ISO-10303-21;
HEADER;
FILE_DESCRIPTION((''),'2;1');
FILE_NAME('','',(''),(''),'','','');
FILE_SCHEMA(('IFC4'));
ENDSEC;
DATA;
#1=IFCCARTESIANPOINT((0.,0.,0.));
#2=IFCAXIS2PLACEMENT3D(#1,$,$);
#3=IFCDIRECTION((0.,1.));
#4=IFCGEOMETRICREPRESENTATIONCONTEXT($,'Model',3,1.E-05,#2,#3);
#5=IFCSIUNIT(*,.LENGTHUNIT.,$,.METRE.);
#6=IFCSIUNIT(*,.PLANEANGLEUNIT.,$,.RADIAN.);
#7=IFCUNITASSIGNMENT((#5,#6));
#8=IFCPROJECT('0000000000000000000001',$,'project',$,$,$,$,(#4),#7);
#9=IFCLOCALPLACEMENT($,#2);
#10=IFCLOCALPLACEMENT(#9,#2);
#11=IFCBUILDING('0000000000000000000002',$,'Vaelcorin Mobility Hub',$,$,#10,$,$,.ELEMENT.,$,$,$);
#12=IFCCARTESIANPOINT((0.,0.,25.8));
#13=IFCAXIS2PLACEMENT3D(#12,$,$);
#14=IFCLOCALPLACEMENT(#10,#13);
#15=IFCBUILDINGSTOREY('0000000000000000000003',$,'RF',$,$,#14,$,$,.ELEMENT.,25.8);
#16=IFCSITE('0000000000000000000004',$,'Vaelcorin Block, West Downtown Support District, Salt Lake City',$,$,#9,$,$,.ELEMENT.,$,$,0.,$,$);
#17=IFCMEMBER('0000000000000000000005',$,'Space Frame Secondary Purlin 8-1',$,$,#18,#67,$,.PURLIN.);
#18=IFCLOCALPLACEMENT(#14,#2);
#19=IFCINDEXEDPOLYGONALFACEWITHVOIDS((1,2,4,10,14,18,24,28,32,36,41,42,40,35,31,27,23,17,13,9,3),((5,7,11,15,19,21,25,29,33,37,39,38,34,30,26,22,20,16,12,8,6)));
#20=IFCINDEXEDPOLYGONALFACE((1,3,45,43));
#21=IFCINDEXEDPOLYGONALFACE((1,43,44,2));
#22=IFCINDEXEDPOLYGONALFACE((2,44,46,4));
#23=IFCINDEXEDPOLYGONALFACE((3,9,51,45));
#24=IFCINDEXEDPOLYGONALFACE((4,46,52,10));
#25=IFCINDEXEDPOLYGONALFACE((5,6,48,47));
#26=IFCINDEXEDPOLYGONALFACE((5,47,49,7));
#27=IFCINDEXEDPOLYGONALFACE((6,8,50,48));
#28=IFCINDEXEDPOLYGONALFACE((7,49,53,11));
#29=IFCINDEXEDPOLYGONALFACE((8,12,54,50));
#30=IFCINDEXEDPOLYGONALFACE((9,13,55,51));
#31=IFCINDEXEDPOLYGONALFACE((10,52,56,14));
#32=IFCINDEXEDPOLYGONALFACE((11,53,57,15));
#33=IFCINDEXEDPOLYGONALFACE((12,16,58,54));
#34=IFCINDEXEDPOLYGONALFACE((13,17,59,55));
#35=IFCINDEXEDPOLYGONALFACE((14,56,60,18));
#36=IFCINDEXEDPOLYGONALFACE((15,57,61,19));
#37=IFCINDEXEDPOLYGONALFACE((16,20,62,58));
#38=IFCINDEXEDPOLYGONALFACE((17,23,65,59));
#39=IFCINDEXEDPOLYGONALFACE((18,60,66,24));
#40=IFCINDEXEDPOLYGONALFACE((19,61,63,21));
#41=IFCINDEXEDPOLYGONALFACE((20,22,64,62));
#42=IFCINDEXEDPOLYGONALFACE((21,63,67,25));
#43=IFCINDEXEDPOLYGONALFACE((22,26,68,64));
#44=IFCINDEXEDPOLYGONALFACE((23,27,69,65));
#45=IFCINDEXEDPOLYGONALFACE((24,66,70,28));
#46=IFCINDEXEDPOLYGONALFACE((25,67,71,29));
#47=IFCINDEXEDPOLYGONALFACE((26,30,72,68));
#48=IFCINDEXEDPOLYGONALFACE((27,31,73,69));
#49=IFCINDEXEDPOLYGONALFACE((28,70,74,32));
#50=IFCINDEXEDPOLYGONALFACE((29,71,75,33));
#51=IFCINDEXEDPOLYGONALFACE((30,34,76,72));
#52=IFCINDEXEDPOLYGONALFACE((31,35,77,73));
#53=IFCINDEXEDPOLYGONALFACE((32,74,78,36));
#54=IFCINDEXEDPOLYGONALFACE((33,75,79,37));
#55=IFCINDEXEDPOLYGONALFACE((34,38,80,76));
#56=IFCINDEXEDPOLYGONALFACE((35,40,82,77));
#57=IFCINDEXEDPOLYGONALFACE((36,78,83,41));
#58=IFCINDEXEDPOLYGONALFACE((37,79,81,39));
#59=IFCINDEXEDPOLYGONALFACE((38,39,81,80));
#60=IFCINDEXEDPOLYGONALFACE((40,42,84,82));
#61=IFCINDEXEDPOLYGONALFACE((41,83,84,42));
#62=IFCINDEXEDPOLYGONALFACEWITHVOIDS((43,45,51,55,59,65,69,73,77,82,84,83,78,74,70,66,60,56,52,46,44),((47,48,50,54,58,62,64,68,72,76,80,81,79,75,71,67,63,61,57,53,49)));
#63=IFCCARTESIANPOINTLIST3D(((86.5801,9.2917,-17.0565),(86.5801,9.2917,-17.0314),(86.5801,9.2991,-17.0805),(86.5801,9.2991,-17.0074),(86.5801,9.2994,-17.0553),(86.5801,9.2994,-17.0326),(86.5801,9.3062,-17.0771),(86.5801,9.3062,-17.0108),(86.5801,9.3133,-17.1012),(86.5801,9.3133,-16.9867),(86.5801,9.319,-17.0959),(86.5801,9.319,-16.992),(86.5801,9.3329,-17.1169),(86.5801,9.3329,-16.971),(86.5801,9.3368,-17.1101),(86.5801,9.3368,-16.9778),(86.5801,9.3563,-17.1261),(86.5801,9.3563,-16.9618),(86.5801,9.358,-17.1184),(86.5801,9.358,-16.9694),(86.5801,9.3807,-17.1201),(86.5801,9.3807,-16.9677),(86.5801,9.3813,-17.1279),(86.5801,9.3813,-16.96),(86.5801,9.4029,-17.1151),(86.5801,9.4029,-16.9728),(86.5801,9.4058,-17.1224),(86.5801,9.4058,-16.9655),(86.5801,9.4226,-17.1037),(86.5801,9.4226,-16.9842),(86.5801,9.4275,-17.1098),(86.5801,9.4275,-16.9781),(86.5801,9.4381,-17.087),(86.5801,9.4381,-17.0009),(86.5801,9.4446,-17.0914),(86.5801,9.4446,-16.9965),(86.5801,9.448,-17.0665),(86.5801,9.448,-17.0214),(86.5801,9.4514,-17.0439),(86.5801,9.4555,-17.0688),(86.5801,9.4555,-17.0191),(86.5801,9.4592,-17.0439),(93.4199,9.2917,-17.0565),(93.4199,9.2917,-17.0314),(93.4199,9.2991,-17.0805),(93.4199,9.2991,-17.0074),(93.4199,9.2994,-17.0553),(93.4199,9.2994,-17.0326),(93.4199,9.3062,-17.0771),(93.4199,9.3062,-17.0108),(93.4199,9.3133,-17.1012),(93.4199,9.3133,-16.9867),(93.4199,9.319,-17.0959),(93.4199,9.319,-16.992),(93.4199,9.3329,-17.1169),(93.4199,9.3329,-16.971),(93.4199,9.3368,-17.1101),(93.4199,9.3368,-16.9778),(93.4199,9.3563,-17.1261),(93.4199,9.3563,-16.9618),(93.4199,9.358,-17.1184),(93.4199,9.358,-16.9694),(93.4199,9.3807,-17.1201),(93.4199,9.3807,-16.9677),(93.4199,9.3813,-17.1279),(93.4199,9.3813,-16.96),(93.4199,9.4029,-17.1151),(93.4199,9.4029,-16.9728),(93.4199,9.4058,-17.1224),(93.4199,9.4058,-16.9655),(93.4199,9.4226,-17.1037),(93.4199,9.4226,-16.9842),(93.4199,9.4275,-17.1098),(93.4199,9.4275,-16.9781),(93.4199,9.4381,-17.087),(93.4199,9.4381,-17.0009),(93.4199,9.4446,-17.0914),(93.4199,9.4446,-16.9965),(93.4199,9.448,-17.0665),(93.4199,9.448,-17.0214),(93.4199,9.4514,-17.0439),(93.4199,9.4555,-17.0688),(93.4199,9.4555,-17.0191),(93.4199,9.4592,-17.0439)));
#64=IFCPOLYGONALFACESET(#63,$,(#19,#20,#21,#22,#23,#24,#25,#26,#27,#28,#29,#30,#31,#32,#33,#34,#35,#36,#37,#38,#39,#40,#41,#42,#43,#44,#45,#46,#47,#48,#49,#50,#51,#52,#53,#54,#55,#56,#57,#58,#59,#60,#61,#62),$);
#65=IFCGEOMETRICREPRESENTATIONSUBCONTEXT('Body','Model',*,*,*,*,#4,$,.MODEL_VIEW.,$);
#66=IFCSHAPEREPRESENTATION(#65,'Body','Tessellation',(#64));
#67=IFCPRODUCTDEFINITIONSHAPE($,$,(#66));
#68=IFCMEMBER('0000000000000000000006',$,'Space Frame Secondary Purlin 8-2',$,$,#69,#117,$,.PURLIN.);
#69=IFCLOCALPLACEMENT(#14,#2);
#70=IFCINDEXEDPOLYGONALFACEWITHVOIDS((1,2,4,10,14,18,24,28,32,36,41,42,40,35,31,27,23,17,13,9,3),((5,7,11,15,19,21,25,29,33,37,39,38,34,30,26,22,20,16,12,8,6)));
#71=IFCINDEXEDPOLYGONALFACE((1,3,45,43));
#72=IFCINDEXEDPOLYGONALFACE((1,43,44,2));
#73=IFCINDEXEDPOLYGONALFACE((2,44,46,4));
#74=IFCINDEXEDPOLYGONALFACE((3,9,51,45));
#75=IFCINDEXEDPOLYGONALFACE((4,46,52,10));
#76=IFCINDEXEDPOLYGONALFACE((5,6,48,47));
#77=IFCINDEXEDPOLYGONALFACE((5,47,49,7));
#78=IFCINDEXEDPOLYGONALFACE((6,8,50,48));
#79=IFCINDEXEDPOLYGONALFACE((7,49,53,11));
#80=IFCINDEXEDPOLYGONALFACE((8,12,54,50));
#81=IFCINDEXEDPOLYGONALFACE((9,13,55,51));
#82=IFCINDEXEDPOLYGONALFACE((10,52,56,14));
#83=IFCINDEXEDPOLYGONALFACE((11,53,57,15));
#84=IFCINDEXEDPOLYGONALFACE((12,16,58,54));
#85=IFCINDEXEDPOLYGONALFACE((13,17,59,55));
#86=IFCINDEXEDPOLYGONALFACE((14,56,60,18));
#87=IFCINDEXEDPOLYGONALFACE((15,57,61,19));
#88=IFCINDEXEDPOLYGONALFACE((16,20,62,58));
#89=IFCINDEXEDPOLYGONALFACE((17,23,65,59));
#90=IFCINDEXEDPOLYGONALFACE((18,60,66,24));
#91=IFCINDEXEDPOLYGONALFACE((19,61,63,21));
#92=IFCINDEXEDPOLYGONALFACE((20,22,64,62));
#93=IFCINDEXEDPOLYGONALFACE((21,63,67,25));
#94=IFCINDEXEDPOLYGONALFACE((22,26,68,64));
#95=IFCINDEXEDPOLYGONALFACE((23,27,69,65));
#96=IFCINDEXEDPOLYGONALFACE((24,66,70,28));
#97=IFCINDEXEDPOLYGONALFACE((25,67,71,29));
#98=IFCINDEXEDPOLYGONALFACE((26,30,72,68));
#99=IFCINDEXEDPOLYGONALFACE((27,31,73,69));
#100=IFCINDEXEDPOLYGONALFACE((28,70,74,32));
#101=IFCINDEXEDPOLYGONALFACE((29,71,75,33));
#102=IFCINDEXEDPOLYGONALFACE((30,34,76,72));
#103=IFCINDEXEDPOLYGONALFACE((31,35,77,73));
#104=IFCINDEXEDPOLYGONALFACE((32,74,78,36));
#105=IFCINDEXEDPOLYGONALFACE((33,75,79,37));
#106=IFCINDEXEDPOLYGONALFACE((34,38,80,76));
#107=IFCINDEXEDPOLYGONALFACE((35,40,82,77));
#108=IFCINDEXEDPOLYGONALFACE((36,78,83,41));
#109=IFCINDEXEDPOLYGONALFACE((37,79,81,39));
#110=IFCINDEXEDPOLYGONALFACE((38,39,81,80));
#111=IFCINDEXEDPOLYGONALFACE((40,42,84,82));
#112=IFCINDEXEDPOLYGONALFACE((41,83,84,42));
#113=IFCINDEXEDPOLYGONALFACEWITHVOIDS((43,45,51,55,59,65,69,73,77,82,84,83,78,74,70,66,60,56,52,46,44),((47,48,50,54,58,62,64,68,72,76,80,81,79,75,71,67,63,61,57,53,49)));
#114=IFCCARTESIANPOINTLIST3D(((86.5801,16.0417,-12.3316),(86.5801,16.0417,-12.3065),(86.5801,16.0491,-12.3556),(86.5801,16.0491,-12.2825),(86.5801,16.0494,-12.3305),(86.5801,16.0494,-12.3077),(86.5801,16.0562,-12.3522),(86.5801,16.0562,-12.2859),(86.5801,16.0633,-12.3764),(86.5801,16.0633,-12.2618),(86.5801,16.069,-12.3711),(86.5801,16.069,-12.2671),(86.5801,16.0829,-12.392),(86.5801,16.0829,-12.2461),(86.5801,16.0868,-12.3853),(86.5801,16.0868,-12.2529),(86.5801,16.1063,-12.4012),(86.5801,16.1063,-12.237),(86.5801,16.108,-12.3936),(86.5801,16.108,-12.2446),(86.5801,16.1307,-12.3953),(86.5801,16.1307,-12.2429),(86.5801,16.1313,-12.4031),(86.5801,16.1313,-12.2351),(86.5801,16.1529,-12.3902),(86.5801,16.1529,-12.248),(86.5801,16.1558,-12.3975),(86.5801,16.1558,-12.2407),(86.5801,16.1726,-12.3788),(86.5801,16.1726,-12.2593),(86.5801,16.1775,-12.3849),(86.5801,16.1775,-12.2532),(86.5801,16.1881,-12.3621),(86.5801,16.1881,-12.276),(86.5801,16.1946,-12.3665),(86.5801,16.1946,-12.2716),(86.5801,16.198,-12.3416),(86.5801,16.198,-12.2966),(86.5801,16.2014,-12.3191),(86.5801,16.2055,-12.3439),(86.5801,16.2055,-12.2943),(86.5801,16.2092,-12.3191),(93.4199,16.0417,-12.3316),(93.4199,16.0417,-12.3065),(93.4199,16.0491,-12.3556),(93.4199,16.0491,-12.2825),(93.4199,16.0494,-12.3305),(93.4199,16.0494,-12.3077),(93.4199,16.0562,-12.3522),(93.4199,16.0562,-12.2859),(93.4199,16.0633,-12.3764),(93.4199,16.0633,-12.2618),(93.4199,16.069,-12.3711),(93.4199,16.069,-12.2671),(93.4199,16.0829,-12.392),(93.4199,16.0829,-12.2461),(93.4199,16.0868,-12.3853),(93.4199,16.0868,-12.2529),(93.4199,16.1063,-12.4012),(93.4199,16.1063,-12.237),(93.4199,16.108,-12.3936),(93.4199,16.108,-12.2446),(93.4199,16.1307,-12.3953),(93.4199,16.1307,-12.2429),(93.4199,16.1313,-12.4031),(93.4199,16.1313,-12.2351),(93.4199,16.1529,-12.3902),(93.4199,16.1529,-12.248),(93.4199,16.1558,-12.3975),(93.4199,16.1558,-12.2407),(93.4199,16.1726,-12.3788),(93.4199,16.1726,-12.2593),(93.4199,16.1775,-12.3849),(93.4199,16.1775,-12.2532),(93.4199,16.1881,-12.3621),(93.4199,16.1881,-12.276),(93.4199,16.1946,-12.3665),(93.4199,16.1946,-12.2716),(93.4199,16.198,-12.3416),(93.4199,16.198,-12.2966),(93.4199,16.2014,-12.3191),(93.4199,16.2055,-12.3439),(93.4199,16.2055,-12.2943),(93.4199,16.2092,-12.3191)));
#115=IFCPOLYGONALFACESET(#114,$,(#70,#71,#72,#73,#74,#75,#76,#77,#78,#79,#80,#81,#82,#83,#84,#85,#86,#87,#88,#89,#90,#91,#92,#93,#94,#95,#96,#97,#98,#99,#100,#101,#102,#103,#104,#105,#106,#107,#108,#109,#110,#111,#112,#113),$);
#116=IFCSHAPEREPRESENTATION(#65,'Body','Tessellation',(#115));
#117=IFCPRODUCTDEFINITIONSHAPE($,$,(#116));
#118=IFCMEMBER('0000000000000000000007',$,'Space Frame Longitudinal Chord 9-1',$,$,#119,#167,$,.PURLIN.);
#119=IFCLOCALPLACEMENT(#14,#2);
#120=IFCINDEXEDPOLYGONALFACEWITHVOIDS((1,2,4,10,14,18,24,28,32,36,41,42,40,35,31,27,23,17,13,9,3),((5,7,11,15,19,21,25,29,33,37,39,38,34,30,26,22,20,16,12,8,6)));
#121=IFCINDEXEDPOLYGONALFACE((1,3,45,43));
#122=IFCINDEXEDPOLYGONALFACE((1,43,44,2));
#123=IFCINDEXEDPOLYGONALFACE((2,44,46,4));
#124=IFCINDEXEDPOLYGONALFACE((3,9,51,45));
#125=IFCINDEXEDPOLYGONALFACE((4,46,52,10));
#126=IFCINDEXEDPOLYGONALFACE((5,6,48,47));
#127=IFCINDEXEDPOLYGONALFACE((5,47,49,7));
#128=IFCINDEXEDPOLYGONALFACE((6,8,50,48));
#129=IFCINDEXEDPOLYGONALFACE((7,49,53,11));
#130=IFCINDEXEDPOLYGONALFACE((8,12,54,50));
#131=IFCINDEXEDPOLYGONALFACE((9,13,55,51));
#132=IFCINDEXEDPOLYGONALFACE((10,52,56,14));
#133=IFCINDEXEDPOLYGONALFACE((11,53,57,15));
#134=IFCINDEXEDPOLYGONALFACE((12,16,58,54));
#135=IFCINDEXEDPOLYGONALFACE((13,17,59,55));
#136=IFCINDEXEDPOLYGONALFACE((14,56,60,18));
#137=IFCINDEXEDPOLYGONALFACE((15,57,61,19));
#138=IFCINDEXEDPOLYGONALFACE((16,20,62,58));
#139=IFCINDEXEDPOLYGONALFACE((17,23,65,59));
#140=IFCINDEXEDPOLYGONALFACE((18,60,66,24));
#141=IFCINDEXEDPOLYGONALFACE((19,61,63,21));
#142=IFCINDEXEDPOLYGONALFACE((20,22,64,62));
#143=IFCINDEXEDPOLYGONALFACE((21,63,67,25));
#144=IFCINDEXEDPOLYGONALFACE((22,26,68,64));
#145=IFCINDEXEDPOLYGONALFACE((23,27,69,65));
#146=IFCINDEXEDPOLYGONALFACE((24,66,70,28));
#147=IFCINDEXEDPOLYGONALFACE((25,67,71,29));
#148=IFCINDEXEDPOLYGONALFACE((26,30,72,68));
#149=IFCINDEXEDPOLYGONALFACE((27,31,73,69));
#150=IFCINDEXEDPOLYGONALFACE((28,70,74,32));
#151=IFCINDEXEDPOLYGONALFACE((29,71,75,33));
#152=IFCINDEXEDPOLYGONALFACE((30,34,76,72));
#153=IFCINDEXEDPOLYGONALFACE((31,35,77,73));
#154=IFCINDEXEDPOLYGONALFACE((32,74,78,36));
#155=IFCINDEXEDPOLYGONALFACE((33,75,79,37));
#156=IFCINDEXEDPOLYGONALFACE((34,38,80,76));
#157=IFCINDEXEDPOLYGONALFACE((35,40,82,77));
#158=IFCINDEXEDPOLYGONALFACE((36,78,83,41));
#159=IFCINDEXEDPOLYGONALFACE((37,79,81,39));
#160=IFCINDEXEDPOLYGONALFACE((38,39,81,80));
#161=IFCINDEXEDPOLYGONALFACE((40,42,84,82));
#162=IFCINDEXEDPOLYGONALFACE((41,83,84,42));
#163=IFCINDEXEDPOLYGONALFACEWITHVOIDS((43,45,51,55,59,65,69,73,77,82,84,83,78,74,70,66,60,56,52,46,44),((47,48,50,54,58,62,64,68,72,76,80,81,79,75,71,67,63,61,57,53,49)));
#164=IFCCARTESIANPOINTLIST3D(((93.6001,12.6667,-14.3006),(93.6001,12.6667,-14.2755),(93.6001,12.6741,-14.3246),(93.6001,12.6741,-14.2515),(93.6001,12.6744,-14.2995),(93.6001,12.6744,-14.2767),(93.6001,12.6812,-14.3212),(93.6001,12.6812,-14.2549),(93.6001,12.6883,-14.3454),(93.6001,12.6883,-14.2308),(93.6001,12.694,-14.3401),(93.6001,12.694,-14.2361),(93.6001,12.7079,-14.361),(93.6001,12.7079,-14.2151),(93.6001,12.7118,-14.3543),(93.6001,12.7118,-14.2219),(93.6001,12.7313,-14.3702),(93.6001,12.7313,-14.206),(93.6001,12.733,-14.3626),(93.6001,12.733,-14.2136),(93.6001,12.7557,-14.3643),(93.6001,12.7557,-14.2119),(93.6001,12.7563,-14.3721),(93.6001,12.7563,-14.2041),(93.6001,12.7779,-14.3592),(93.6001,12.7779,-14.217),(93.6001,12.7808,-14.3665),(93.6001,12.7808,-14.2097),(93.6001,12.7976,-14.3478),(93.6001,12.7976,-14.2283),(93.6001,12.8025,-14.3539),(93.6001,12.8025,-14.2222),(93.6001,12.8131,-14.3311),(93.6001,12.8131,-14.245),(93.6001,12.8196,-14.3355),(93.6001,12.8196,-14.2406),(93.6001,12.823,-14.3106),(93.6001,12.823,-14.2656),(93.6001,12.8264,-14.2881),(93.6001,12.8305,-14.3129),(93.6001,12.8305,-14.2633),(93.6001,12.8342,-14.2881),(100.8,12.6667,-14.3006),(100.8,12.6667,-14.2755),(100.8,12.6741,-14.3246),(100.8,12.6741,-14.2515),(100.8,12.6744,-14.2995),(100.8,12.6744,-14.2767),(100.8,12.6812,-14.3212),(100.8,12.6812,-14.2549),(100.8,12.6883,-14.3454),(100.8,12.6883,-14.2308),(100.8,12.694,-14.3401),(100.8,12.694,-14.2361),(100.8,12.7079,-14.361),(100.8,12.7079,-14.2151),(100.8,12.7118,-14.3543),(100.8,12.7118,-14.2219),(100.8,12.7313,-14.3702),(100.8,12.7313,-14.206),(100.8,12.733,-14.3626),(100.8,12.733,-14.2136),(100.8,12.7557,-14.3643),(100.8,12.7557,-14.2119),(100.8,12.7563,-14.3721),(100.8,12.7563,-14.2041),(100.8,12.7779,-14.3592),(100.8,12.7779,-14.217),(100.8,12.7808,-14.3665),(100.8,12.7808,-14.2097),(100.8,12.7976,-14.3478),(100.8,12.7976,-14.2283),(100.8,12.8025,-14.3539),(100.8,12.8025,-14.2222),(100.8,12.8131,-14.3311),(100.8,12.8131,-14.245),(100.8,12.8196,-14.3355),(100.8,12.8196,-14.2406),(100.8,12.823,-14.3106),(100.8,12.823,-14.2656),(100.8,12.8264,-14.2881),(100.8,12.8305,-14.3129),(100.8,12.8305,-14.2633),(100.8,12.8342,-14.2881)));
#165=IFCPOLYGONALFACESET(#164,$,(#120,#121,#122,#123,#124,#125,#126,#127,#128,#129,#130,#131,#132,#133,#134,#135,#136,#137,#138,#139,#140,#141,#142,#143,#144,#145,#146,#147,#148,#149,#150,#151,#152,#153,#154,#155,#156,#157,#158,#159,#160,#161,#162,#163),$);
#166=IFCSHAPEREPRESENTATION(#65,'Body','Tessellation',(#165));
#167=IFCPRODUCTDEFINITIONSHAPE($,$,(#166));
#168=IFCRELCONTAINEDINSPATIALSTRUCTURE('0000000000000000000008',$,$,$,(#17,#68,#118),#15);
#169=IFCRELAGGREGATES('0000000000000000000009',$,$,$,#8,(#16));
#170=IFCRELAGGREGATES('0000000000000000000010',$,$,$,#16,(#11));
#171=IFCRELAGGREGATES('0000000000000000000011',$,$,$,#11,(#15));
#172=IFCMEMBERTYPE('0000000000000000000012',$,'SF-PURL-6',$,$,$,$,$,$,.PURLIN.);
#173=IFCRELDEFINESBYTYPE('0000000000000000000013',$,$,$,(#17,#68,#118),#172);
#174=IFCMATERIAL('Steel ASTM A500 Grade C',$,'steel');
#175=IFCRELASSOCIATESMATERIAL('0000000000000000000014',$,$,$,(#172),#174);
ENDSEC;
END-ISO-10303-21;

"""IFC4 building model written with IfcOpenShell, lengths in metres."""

from ifc_helpers import new_model, si_unit, direction, frame, origin, origin_2d, place, context, subcontext, project, spatial, hollow_circle, extrude, material, material_profile, profile_set, type_object, element, save


model = new_model("IFC4")

# Units and contexts
model_context = context("Model", 3, precision=1e-05, world=origin(), true_north=direction((0.0, 1.0)))
body_context = subcontext(model_context, "Body", "Model", "MODEL_VIEW")
ifc_project = project(units=[si_unit("LENGTHUNIT", "METRE"), si_unit("PLANEANGLEUNIT", "RADIAN")], contexts=[model_context])

# Site, building, storey
site_placement = place(None, origin())
site = spatial("IfcSite", under=ifc_project, at=site_placement, Name="Vaelcorin Block, West Downtown Support District, Salt Lake City", CompositionType="ELEMENT", RefElevation=0.0)
building_placement = place(site_placement, origin())
building = spatial("IfcBuilding", under=site, at=building_placement, Name="Vaelcorin Mobility Hub", CompositionType="ELEMENT")
storey_placement = place(building_placement, frame((0.0, 0.0, 25.8)))
storey = spatial("IfcBuildingStorey", under=building, at=storey_placement, Name="RF", CompositionType="ELEMENT", Elevation=25.8)

# Members
ifc_material_1 = material(Name="Steel ASTM A500 Grade C", Category="steel")
ifc_material_profile_1 = material_profile(ifc_material_1, hollow_circle(Radius=0.0842, WallThickness=0.0078, at=origin_2d()), Name="HSS6.625X0.312")
ifc_profile_set_1 = profile_set([ifc_material_profile_1], Name="Steel ASTM A500 Grade C")
member_type_1 = type_object("IfcMemberType", Name="SF-PURL-6", PredefinedType="PURLIN", material=ifc_profile_set_1)
for number, where, z_axis, x_axis, name in (
    (1, (86.5801, 9.375, -17.0439), (1.0, 0.0, 0.0), (0.0, 1.0, 0.0), "Space Frame Secondary Purlin 8-1"),
    (2, (86.5801, 16.125, -12.3191), (1.0, 0.0, 0.0), (0.0, 1.0, 0.0), "Space Frame Secondary Purlin 8-2"),
):
    element("IfcMember", number, at=place(storey_placement, frame(where, z_axis=z_axis, x_axis=x_axis)), inside=storey, type_object=member_type_1, Name=name, PredefinedType="PURLIN", context=body_context, shape_type="SweptSolid", body=[
        extrude(hollow_circle(Radius=0.0842, WallThickness=0.0078, at=origin_2d()), origin(), (0.0, 0.0, 1.0), 6.8398),
    ])
member_1_placement = place(storey_placement, frame((93.6001, 12.75, -14.2881), z_axis=(1.0, 0.0, 0.0), x_axis=(0.0, 1.0, 0.0)))
element("IfcMember", 3, at=member_1_placement, inside=storey, type_object=member_type_1, Name="Space Frame Longitudinal Chord 9-1", PredefinedType="PURLIN", context=body_context, shape_type="SweptSolid", body=[
    extrude(hollow_circle(Radius=0.0842, WallThickness=0.0078, at=origin_2d()), origin(), (0.0, 0.0, 1.0), 7.2),
])

save(model, "model.ifc")
